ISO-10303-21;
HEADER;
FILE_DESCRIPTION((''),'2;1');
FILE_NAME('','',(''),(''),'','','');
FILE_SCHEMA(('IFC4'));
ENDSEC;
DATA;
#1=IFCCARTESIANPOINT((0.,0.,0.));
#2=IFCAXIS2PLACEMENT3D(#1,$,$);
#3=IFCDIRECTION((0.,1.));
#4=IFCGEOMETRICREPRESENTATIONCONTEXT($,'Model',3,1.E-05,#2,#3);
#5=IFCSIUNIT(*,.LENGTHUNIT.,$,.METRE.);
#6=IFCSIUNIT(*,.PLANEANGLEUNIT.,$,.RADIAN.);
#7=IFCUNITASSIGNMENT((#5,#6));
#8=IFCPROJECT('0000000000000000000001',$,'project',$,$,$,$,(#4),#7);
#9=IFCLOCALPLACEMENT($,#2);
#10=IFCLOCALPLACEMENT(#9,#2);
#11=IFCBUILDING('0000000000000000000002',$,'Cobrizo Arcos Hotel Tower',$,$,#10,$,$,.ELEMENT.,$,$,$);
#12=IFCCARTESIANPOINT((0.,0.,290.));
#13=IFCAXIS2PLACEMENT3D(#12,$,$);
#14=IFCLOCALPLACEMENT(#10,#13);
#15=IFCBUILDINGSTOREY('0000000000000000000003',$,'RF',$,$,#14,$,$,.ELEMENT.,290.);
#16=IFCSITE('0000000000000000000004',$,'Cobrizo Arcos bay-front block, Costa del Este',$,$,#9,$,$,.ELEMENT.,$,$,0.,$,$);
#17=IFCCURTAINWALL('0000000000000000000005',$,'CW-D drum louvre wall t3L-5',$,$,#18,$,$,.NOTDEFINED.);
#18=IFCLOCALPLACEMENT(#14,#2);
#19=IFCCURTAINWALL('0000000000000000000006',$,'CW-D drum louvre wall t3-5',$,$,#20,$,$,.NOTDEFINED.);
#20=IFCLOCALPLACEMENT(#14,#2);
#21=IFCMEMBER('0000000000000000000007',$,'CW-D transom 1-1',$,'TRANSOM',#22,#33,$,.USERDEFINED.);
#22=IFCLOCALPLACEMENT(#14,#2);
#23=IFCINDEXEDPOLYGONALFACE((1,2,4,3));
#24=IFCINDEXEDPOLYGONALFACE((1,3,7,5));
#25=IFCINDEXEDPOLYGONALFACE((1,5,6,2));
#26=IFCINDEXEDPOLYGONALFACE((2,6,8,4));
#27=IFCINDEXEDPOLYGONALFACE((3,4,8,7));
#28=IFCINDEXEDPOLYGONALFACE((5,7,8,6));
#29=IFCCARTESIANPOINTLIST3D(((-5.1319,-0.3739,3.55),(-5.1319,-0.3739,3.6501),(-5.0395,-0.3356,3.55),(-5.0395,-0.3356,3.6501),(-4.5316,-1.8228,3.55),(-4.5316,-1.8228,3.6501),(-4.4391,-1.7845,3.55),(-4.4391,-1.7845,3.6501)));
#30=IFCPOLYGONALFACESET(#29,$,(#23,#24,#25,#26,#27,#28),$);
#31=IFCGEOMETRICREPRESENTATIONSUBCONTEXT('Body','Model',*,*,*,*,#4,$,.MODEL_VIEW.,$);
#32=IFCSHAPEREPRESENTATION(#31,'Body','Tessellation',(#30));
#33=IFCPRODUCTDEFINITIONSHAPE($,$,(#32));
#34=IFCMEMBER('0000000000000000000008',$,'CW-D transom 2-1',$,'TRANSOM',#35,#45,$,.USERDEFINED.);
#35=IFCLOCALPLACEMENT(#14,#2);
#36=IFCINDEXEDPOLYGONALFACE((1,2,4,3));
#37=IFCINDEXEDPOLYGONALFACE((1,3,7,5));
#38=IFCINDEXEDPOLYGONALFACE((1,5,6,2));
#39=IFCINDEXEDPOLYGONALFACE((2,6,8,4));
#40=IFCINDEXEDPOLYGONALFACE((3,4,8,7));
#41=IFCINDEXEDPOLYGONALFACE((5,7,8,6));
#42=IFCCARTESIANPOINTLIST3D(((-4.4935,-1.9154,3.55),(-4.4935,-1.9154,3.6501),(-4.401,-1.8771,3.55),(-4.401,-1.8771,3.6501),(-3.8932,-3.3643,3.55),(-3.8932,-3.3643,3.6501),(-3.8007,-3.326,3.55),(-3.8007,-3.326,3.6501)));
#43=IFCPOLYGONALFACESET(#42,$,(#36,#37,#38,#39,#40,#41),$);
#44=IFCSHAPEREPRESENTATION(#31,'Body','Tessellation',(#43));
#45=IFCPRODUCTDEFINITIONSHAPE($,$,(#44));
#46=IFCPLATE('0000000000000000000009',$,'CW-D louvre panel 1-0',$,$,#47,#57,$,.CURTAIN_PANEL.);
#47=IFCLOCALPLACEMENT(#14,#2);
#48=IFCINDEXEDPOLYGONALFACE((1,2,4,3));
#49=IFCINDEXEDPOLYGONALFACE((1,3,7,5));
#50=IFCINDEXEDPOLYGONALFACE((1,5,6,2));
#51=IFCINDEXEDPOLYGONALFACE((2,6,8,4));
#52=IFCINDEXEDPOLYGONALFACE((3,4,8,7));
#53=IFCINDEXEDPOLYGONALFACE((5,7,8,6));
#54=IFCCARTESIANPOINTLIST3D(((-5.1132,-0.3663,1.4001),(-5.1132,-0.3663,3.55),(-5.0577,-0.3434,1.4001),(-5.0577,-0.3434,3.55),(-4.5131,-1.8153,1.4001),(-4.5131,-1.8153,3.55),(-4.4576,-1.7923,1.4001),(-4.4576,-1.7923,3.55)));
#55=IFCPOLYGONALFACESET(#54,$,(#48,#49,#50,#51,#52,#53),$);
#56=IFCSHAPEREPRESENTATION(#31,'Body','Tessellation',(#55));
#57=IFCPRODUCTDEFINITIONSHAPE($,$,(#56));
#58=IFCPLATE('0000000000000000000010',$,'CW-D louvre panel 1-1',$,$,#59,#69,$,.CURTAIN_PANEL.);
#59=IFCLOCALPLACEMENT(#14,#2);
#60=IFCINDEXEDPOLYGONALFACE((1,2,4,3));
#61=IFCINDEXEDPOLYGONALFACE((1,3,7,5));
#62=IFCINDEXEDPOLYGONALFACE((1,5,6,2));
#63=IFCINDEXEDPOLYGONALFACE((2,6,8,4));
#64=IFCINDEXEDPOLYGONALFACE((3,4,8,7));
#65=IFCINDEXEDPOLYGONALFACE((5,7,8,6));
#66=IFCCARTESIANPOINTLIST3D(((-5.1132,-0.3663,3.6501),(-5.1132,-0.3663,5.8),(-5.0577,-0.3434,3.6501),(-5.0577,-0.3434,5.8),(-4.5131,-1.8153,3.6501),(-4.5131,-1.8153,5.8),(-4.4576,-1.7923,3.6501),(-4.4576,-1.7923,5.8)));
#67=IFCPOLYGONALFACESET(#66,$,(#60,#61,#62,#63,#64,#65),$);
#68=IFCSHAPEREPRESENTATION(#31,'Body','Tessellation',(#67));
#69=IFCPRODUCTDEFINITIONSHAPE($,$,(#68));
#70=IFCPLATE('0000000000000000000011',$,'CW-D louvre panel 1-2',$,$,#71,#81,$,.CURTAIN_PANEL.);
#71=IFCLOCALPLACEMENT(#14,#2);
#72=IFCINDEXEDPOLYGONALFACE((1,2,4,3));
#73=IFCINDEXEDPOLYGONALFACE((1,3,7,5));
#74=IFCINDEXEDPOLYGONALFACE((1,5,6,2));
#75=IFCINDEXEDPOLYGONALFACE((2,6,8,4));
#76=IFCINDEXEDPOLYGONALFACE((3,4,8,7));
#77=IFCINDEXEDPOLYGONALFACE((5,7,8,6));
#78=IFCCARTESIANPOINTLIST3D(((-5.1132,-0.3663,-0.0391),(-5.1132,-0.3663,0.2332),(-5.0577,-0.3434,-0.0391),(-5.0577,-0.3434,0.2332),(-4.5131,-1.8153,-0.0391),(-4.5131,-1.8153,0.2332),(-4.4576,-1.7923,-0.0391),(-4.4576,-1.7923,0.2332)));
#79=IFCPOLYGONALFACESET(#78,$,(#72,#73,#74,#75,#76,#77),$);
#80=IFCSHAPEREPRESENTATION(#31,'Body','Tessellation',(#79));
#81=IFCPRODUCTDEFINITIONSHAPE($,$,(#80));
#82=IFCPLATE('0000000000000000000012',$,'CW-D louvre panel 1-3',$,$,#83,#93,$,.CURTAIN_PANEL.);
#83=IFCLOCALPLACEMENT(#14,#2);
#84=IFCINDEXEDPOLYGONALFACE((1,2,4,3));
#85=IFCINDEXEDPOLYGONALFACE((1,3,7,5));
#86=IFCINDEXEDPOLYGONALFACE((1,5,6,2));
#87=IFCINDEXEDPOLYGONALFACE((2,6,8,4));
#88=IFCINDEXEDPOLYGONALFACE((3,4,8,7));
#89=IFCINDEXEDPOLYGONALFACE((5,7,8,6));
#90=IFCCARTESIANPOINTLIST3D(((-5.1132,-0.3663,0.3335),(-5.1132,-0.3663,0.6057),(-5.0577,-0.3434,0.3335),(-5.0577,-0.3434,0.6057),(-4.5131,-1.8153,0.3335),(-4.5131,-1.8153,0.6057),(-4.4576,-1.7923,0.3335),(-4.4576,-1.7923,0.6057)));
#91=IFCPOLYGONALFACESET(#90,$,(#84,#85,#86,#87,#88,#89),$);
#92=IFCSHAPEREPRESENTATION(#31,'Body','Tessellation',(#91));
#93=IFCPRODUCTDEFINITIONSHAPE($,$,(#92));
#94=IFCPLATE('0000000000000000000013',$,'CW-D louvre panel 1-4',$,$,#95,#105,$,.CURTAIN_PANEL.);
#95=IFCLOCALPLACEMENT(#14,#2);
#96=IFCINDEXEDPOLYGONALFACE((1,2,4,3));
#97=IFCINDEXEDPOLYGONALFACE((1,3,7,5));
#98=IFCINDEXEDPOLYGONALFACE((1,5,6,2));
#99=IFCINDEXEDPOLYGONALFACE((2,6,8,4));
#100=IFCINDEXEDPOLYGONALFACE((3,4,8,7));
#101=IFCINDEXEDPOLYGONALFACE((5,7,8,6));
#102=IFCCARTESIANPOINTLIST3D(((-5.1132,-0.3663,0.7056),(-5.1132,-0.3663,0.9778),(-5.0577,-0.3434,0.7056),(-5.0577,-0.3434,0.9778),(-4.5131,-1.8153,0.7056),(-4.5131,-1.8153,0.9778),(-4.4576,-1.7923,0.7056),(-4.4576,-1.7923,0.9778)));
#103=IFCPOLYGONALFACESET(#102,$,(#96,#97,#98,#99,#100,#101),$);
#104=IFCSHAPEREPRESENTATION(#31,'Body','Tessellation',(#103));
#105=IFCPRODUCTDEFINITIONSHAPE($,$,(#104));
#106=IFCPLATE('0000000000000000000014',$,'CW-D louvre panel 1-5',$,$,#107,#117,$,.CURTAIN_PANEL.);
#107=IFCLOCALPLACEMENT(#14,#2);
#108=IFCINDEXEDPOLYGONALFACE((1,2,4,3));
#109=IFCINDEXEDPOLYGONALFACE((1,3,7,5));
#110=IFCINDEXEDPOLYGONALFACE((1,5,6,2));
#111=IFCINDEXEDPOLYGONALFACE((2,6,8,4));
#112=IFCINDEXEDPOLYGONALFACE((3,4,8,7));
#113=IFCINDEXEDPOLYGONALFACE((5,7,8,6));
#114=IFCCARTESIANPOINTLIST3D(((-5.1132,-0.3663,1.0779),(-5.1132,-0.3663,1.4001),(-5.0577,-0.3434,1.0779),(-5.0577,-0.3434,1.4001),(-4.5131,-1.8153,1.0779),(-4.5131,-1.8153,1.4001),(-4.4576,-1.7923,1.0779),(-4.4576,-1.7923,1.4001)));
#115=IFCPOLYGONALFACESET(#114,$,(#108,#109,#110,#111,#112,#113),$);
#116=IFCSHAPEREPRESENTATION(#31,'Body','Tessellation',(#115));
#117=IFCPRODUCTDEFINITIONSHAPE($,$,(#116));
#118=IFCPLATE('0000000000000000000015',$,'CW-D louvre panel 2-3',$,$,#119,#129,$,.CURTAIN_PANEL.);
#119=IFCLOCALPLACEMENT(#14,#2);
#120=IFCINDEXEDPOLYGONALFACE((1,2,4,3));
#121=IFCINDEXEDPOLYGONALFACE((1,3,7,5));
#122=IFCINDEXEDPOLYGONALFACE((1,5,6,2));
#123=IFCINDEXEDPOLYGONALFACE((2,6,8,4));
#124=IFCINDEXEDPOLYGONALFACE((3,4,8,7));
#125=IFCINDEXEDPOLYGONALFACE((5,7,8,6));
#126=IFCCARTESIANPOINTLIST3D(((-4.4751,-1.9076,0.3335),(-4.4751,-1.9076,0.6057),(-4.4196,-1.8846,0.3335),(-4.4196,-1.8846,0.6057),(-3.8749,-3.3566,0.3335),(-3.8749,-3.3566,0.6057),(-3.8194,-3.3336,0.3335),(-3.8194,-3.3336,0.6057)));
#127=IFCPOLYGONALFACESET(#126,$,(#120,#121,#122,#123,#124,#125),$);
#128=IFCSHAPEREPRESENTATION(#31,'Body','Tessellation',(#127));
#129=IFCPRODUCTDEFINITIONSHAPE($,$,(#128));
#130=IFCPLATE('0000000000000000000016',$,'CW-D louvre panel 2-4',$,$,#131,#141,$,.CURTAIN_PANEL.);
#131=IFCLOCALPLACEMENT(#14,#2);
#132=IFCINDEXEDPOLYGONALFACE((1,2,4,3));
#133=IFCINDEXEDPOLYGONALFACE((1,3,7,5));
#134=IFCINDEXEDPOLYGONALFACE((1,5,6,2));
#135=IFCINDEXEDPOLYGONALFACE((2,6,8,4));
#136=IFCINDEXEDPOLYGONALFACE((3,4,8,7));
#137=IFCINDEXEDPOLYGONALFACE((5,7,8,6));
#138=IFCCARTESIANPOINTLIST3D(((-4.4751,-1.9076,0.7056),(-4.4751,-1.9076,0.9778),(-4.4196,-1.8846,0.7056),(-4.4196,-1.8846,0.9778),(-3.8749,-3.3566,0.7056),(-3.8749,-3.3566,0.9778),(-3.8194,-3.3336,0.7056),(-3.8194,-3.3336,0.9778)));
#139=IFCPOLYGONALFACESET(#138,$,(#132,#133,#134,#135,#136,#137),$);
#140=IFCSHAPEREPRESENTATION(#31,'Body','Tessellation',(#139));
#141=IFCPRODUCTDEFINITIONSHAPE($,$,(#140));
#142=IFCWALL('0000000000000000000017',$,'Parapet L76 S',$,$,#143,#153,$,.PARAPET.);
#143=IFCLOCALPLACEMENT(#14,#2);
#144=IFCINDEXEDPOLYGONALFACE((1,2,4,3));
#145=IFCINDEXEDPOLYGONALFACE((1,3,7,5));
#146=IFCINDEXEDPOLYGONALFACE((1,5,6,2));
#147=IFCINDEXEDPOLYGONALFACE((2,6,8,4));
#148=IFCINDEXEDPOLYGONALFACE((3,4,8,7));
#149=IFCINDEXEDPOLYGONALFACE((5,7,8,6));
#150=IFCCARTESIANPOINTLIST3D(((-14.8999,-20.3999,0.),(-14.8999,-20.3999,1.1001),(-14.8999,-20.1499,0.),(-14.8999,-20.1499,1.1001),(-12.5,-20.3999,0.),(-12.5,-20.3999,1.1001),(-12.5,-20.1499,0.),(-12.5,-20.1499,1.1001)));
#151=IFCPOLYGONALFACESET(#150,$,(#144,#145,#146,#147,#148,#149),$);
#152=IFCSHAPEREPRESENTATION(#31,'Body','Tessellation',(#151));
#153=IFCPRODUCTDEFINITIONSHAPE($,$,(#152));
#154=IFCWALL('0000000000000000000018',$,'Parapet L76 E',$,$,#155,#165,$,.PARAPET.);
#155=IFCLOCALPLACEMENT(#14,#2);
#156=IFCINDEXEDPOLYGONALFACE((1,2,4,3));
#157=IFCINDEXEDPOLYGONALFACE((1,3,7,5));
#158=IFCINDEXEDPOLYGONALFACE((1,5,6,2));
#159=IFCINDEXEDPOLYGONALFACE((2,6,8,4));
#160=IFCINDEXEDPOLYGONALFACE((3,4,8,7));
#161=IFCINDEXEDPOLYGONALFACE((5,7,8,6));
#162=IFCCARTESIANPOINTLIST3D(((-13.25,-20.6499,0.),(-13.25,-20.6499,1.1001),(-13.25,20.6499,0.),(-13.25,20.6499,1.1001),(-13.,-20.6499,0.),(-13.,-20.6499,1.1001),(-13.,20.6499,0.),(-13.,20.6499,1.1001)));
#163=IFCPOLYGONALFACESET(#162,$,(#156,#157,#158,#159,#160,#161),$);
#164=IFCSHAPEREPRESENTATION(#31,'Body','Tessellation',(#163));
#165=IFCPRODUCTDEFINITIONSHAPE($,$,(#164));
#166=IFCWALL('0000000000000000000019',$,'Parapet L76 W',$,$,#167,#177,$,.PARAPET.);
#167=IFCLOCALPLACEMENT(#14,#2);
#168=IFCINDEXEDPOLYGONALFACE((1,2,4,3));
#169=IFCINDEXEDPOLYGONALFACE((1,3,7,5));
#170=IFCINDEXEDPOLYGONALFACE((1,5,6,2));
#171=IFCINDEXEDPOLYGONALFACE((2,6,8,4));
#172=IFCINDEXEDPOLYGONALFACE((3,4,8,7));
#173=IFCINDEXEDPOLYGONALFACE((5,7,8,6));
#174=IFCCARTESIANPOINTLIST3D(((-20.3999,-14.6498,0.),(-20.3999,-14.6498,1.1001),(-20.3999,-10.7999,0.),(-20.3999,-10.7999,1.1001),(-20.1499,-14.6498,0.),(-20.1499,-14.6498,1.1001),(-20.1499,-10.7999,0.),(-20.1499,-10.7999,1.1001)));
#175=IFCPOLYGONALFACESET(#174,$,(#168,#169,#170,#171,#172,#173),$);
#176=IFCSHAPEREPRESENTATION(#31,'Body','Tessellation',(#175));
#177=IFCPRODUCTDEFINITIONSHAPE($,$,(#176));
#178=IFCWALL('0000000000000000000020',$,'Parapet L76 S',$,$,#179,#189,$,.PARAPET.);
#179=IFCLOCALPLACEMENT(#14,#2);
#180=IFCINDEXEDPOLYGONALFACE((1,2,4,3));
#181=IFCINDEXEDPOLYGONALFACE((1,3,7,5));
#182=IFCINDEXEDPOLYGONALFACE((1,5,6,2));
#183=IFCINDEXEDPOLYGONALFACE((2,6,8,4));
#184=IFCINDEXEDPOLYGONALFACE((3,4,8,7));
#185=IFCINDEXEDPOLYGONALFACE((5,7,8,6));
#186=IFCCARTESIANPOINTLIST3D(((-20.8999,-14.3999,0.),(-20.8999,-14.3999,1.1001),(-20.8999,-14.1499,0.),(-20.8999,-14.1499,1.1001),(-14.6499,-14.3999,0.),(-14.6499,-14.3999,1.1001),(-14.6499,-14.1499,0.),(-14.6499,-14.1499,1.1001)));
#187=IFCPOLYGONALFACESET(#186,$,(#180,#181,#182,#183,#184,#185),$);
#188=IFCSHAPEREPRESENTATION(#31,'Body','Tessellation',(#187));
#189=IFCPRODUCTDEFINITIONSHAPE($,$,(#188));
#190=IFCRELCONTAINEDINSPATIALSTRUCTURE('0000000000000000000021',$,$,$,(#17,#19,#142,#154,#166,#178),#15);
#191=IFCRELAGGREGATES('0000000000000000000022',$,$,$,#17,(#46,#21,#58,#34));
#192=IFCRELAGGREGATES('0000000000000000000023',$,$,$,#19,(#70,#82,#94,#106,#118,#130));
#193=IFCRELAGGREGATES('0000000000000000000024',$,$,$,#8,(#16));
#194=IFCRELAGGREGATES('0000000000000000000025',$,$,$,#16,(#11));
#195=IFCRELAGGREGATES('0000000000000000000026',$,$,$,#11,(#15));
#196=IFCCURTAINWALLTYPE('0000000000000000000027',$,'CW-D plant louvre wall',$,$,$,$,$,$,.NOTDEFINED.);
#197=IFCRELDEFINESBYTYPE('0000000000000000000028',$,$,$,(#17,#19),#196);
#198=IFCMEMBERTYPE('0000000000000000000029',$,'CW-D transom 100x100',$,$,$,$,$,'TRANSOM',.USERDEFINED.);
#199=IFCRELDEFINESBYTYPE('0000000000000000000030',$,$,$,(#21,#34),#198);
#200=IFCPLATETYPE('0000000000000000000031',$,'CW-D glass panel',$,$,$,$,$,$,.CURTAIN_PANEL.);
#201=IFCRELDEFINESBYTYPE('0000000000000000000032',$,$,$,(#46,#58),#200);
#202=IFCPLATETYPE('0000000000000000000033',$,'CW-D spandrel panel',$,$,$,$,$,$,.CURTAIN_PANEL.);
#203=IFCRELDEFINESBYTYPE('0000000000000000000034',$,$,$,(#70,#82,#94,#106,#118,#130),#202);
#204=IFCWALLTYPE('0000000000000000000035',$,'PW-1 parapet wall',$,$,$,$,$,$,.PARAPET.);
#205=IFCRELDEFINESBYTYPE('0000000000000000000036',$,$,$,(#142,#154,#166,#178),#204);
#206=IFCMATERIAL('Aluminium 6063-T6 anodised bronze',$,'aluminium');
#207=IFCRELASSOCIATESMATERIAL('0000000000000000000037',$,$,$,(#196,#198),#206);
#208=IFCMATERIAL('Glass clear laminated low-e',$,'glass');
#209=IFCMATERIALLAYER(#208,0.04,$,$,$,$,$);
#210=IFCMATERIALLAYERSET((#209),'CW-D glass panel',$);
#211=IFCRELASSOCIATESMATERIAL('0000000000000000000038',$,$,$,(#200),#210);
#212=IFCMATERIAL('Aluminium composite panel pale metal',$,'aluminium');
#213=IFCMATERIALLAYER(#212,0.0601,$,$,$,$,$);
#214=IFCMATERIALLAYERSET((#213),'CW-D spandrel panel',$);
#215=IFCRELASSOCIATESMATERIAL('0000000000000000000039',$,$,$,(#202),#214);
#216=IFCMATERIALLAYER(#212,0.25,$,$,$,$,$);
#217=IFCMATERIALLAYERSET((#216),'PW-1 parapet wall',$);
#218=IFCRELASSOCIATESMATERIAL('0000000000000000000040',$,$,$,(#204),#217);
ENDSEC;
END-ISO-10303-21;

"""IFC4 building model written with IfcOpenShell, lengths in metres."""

from ifc_helpers import new_model, si_unit, direction, frame, frame_2d, origin, origin_2d, place, context, subcontext, project, spatial, rectangle, extrude, material, layer, layer_set, material_profile, profile_set, type_object, element, aggregate, save


model = new_model("IFC4")

# Units and contexts
model_context = context("Model", 3, precision=1e-05, world=origin(), true_north=direction((0.0, 1.0)))
body_context = subcontext(model_context, "Body", "Model", "MODEL_VIEW")
ifc_project = project(units=[si_unit("LENGTHUNIT", "METRE"), si_unit("PLANEANGLEUNIT", "RADIAN")], contexts=[model_context])

# Site, building, storey
site_placement = place(None, origin())
site = spatial("IfcSite", under=ifc_project, at=site_placement, Name="Cobrizo Arcos bay-front block, Costa del Este", CompositionType="ELEMENT", RefElevation=0.0)
building_placement = place(site_placement, origin())
building = spatial("IfcBuilding", under=site, at=building_placement, Name="Cobrizo Arcos Hotel Tower", CompositionType="ELEMENT")
storey_placement = place(building_placement, frame((0.0, 0.0, 290.0)))
storey = spatial("IfcBuildingStorey", under=building, at=storey_placement, Name="RF", CompositionType="ELEMENT", Elevation=290.0)

# Curtain walls
ifc_material_1 = material(Name="Aluminium 6063-T6 anodised bronze", Category="aluminium")
curtain_wall_type = type_object("IfcCurtainWallType", Name="CW-D plant louvre wall", PredefinedType="NOTDEFINED", material=ifc_material_1)
curtain_wall_1_placement = place(storey_placement, origin())
curtain_wall_1 = element("IfcCurtainWall", 1, at=curtain_wall_1_placement, inside=storey, type_object=curtain_wall_type, Name="CW-D drum louvre wall t3L-5", PredefinedType="NOTDEFINED")
curtain_wall_2_placement = place(storey_placement, origin())
curtain_wall_2 = element("IfcCurtainWall", 2, at=curtain_wall_2_placement, inside=storey, type_object=curtain_wall_type, Name="CW-D drum louvre wall t3-5", PredefinedType="NOTDEFINED")
ifc_material_profile_1 = material_profile(ifc_material_1, rectangle(XDim=0.1001, YDim=0.1001, at=origin_2d()), Name="CW-D transom 100x100")
ifc_profile_set_1 = profile_set([ifc_material_profile_1], Name="Aluminium 6063-T6 anodised bronze")
member_type_1 = type_object("IfcMemberType", Name="CW-D transom 100x100", ElementType="TRANSOM", PredefinedType="USERDEFINED", material=ifc_profile_set_1)

# Members
member_1_placement = place(storey_placement, frame((-5.0857, -0.3547, 3.6001), z_axis=(0.382769, -0.923844, 0.0), x_axis=(0.923844, 0.382769, 0.0)))
member_1 = element("IfcMember", 3, at=member_1_placement, type_object=member_type_1, Name="CW-D transom 1-1", ObjectType="TRANSOM", PredefinedType="USERDEFINED", context=body_context, shape_type="SweptSolid", body=[
    extrude(rectangle(XDim=0.1001, YDim=0.1001, at=origin_2d()), origin(), (0.0, 0.0, 1.0), 1.5684),
])
member_2_placement = place(storey_placement, frame((-4.4473, -1.8962, 3.6001), z_axis=(0.382769, -0.923844, 0.0), x_axis=(0.923844, 0.382769, 0.0)))
member_2 = element("IfcMember", 4, at=member_2_placement, type_object=member_type_1, Name="CW-D transom 2-1", ObjectType="TRANSOM", PredefinedType="USERDEFINED", context=body_context, shape_type="SweptSolid", body=[
    extrude(rectangle(XDim=0.1001, YDim=0.1001, at=origin_2d()), origin(), (0.0, 0.0, 1.0), 1.5684),
])

# Plates
ifc_material_2 = material(Name="Glass clear laminated low-e", Category="glass")
ifc_layer_1 = layer(ifc_material_2, 0.04)
ifc_layer_set_1 = layer_set([ifc_layer_1], Name="CW-D glass panel")
plate_type_1 = type_object("IfcPlateType", Name="CW-D glass panel", PredefinedType="CURTAIN_PANEL", material=ifc_layer_set_1)
plate_1_placement = place(storey_placement, frame((-4.7854, -1.0793, 1.4001), z_axis=(0.0, 0.0, 1.0), x_axis=(0.382683, -0.92388, 0.0)))
plate_1 = element("IfcPlate", 5, at=plate_1_placement, type_object=plate_type_1, Name="CW-D louvre panel 1-0", PredefinedType="CURTAIN_PANEL", context=body_context, shape_type="SweptSolid", body=[
    extrude(rectangle(XDim=1.5684, YDim=0.0601, at=origin_2d()), origin(), (0.0, 0.0, 1.0), 2.1499),
])
plate_2_placement = place(storey_placement, frame((-4.7854, -1.0793, 3.6501), z_axis=(0.0, 0.0, 1.0), x_axis=(0.382683, -0.92388, 0.0)))
plate_2 = element("IfcPlate", 6, at=plate_2_placement, type_object=plate_type_1, Name="CW-D louvre panel 1-1", PredefinedType="CURTAIN_PANEL", context=body_context, shape_type="SweptSolid", body=[
    extrude(rectangle(XDim=1.5684, YDim=0.0601, at=origin_2d()), origin(), (0.0, 0.0, 1.0), 2.1499),
])
aggregate(curtain_wall_1, [plate_1, member_1, plate_2, member_2])
ifc_material_3 = material(Name="Aluminium composite panel pale metal", Category="aluminium")
ifc_layer_2 = layer(ifc_material_3, 0.0601)
ifc_layer_set_2 = layer_set([ifc_layer_2], Name="CW-D spandrel panel")
plate_type_2 = type_object("IfcPlateType", Name="CW-D spandrel panel", PredefinedType="CURTAIN_PANEL", material=ifc_layer_set_2)
plate_3_placement = place(storey_placement, frame((-4.7854, -1.0793, -0.0391), z_axis=(0.0, 0.0, 1.0), x_axis=(0.382683, -0.92388, 0.0)))
plate_3 = element("IfcPlate", 7, at=plate_3_placement, type_object=plate_type_2, Name="CW-D louvre panel 1-2", PredefinedType="CURTAIN_PANEL", context=body_context, shape_type="SweptSolid", body=[
    extrude(rectangle(XDim=1.5684, YDim=0.0601, at=origin_2d()), origin(), (0.0, 0.0, 1.0), 0.2722),
])
plate_4_placement = place(storey_placement, frame((-4.7854, -1.0793, 0.3335), z_axis=(0.0, 0.0, 1.0), x_axis=(0.382683, -0.92388, 0.0)))
plate_4 = element("IfcPlate", 8, at=plate_4_placement, type_object=plate_type_2, Name="CW-D louvre panel 1-3", PredefinedType="CURTAIN_PANEL", context=body_context, shape_type="SweptSolid", body=[
    extrude(rectangle(XDim=1.5684, YDim=0.0601, at=origin_2d()), origin(), (0.0, 0.0, 1.0), 0.2722),
])
plate_5_placement = place(storey_placement, frame((-4.7854, -1.0793, 0.7056), z_axis=(0.0, 0.0, 1.0), x_axis=(0.382683, -0.92388, 0.0)))
plate_5 = element("IfcPlate", 9, at=plate_5_placement, type_object=plate_type_2, Name="CW-D louvre panel 1-4", PredefinedType="CURTAIN_PANEL", context=body_context, shape_type="SweptSolid", body=[
    extrude(rectangle(XDim=1.5684, YDim=0.0601, at=origin_2d()), origin(), (0.0, 0.0, 1.0), 0.2722),
])
plate_6_placement = place(storey_placement, frame((-4.7854, -1.0793, 1.0779), z_axis=(0.0, 0.0, 1.0), x_axis=(0.382683, -0.92388, 0.0)))
plate_6 = element("IfcPlate", 10, at=plate_6_placement, type_object=plate_type_2, Name="CW-D louvre panel 1-5", PredefinedType="CURTAIN_PANEL", context=body_context, shape_type="SweptSolid", body=[
    extrude(rectangle(XDim=1.5684, YDim=0.0601, at=origin_2d()), origin(), (0.0, 0.0, 1.0), 0.3223),
])
plate_7_placement = place(storey_placement, frame((-4.1472, -2.6206, 0.3335), z_axis=(0.0, 0.0, 1.0), x_axis=(0.382683, -0.92388, 0.0)))
plate_7 = element("IfcPlate", 11, at=plate_7_placement, type_object=plate_type_2, Name="CW-D louvre panel 2-3", PredefinedType="CURTAIN_PANEL", context=body_context, shape_type="SweptSolid", body=[
    extrude(rectangle(XDim=1.5684, YDim=0.0601, at=origin_2d()), origin(), (0.0, 0.0, 1.0), 0.2722),
])
plate_8_placement = place(storey_placement, frame((-4.1472, -2.6206, 0.7056), z_axis=(0.0, 0.0, 1.0), x_axis=(0.382683, -0.92388, 0.0)))
plate_8 = element("IfcPlate", 12, at=plate_8_placement, type_object=plate_type_2, Name="CW-D louvre panel 2-4", PredefinedType="CURTAIN_PANEL", context=body_context, shape_type="SweptSolid", body=[
    extrude(rectangle(XDim=1.5684, YDim=0.0601, at=origin_2d()), origin(), (0.0, 0.0, 1.0), 0.2722),
])
aggregate(curtain_wall_2, [plate_3, plate_4, plate_5, plate_6, plate_7, plate_8])

# Walls
ifc_layer_3 = layer(ifc_material_3, 0.25)
ifc_layer_set_3 = layer_set([ifc_layer_3], Name="PW-1 parapet wall")
wall_type_1 = type_object("IfcWallType", Name="PW-1 parapet wall", PredefinedType="PARAPET", material=ifc_layer_set_3)
wall_1_placement = place(storey_placement, frame((-14.8999, -20.2749, 0.0), z_axis=(0.0, 0.0, 1.0), x_axis=(1.0, 0.0, 0.0)))
element("IfcWall", 13, at=wall_1_placement, inside=storey, type_object=wall_type_1, Name="Parapet L76 S", PredefinedType="PARAPET", context=body_context, shape_type="SweptSolid", body=[
    extrude(rectangle(XDim=2.3999, YDim=0.25, at=frame_2d((1.2, 0.0))), origin(), (0.0, 0.0, 1.0), 1.1001),
])
wall_2_placement = place(storey_placement, frame((-13.125, -20.6499, 0.0), z_axis=(0.0, 0.0, 1.0), x_axis=(0.0, 1.0, 0.0)))
element("IfcWall", 14, at=wall_2_placement, inside=storey, type_object=wall_type_1, Name="Parapet L76 E", PredefinedType="PARAPET", context=body_context, shape_type="SweptSolid", body=[
    extrude(rectangle(XDim=41.2998, YDim=0.25, at=frame_2d((20.6499, 0.0))), origin(), (0.0, 0.0, 1.0), 1.1001),
])
wall_3_placement = place(storey_placement, frame((-20.2749, -10.8, 0.0), z_axis=(0.0, 0.0, 1.0), x_axis=(0.0, -1.0, 0.0)))
element("IfcWall", 15, at=wall_3_placement, inside=storey, type_object=wall_type_1, Name="Parapet L76 W", PredefinedType="PARAPET", context=body_context, shape_type="SweptSolid", body=[
    extrude(rectangle(XDim=3.8499, YDim=0.25, at=frame_2d((1.9248, 0.0))), origin(), (0.0, 0.0, 1.0), 1.1001),
])
wall_4_placement = place(storey_placement, frame((-20.8999, -14.2749, 0.0), z_axis=(0.0, 0.0, 1.0), x_axis=(1.0, 0.0, 0.0)))
element("IfcWall", 16, at=wall_4_placement, inside=storey, type_object=wall_type_1, Name="Parapet L76 S", PredefinedType="PARAPET", context=body_context, shape_type="SweptSolid", body=[
    extrude(rectangle(XDim=6.25, YDim=0.25, at=frame_2d((3.125, 0.0))), origin(), (0.0, 0.0, 1.0), 1.1001),
])

save(model, "model.ifc")
